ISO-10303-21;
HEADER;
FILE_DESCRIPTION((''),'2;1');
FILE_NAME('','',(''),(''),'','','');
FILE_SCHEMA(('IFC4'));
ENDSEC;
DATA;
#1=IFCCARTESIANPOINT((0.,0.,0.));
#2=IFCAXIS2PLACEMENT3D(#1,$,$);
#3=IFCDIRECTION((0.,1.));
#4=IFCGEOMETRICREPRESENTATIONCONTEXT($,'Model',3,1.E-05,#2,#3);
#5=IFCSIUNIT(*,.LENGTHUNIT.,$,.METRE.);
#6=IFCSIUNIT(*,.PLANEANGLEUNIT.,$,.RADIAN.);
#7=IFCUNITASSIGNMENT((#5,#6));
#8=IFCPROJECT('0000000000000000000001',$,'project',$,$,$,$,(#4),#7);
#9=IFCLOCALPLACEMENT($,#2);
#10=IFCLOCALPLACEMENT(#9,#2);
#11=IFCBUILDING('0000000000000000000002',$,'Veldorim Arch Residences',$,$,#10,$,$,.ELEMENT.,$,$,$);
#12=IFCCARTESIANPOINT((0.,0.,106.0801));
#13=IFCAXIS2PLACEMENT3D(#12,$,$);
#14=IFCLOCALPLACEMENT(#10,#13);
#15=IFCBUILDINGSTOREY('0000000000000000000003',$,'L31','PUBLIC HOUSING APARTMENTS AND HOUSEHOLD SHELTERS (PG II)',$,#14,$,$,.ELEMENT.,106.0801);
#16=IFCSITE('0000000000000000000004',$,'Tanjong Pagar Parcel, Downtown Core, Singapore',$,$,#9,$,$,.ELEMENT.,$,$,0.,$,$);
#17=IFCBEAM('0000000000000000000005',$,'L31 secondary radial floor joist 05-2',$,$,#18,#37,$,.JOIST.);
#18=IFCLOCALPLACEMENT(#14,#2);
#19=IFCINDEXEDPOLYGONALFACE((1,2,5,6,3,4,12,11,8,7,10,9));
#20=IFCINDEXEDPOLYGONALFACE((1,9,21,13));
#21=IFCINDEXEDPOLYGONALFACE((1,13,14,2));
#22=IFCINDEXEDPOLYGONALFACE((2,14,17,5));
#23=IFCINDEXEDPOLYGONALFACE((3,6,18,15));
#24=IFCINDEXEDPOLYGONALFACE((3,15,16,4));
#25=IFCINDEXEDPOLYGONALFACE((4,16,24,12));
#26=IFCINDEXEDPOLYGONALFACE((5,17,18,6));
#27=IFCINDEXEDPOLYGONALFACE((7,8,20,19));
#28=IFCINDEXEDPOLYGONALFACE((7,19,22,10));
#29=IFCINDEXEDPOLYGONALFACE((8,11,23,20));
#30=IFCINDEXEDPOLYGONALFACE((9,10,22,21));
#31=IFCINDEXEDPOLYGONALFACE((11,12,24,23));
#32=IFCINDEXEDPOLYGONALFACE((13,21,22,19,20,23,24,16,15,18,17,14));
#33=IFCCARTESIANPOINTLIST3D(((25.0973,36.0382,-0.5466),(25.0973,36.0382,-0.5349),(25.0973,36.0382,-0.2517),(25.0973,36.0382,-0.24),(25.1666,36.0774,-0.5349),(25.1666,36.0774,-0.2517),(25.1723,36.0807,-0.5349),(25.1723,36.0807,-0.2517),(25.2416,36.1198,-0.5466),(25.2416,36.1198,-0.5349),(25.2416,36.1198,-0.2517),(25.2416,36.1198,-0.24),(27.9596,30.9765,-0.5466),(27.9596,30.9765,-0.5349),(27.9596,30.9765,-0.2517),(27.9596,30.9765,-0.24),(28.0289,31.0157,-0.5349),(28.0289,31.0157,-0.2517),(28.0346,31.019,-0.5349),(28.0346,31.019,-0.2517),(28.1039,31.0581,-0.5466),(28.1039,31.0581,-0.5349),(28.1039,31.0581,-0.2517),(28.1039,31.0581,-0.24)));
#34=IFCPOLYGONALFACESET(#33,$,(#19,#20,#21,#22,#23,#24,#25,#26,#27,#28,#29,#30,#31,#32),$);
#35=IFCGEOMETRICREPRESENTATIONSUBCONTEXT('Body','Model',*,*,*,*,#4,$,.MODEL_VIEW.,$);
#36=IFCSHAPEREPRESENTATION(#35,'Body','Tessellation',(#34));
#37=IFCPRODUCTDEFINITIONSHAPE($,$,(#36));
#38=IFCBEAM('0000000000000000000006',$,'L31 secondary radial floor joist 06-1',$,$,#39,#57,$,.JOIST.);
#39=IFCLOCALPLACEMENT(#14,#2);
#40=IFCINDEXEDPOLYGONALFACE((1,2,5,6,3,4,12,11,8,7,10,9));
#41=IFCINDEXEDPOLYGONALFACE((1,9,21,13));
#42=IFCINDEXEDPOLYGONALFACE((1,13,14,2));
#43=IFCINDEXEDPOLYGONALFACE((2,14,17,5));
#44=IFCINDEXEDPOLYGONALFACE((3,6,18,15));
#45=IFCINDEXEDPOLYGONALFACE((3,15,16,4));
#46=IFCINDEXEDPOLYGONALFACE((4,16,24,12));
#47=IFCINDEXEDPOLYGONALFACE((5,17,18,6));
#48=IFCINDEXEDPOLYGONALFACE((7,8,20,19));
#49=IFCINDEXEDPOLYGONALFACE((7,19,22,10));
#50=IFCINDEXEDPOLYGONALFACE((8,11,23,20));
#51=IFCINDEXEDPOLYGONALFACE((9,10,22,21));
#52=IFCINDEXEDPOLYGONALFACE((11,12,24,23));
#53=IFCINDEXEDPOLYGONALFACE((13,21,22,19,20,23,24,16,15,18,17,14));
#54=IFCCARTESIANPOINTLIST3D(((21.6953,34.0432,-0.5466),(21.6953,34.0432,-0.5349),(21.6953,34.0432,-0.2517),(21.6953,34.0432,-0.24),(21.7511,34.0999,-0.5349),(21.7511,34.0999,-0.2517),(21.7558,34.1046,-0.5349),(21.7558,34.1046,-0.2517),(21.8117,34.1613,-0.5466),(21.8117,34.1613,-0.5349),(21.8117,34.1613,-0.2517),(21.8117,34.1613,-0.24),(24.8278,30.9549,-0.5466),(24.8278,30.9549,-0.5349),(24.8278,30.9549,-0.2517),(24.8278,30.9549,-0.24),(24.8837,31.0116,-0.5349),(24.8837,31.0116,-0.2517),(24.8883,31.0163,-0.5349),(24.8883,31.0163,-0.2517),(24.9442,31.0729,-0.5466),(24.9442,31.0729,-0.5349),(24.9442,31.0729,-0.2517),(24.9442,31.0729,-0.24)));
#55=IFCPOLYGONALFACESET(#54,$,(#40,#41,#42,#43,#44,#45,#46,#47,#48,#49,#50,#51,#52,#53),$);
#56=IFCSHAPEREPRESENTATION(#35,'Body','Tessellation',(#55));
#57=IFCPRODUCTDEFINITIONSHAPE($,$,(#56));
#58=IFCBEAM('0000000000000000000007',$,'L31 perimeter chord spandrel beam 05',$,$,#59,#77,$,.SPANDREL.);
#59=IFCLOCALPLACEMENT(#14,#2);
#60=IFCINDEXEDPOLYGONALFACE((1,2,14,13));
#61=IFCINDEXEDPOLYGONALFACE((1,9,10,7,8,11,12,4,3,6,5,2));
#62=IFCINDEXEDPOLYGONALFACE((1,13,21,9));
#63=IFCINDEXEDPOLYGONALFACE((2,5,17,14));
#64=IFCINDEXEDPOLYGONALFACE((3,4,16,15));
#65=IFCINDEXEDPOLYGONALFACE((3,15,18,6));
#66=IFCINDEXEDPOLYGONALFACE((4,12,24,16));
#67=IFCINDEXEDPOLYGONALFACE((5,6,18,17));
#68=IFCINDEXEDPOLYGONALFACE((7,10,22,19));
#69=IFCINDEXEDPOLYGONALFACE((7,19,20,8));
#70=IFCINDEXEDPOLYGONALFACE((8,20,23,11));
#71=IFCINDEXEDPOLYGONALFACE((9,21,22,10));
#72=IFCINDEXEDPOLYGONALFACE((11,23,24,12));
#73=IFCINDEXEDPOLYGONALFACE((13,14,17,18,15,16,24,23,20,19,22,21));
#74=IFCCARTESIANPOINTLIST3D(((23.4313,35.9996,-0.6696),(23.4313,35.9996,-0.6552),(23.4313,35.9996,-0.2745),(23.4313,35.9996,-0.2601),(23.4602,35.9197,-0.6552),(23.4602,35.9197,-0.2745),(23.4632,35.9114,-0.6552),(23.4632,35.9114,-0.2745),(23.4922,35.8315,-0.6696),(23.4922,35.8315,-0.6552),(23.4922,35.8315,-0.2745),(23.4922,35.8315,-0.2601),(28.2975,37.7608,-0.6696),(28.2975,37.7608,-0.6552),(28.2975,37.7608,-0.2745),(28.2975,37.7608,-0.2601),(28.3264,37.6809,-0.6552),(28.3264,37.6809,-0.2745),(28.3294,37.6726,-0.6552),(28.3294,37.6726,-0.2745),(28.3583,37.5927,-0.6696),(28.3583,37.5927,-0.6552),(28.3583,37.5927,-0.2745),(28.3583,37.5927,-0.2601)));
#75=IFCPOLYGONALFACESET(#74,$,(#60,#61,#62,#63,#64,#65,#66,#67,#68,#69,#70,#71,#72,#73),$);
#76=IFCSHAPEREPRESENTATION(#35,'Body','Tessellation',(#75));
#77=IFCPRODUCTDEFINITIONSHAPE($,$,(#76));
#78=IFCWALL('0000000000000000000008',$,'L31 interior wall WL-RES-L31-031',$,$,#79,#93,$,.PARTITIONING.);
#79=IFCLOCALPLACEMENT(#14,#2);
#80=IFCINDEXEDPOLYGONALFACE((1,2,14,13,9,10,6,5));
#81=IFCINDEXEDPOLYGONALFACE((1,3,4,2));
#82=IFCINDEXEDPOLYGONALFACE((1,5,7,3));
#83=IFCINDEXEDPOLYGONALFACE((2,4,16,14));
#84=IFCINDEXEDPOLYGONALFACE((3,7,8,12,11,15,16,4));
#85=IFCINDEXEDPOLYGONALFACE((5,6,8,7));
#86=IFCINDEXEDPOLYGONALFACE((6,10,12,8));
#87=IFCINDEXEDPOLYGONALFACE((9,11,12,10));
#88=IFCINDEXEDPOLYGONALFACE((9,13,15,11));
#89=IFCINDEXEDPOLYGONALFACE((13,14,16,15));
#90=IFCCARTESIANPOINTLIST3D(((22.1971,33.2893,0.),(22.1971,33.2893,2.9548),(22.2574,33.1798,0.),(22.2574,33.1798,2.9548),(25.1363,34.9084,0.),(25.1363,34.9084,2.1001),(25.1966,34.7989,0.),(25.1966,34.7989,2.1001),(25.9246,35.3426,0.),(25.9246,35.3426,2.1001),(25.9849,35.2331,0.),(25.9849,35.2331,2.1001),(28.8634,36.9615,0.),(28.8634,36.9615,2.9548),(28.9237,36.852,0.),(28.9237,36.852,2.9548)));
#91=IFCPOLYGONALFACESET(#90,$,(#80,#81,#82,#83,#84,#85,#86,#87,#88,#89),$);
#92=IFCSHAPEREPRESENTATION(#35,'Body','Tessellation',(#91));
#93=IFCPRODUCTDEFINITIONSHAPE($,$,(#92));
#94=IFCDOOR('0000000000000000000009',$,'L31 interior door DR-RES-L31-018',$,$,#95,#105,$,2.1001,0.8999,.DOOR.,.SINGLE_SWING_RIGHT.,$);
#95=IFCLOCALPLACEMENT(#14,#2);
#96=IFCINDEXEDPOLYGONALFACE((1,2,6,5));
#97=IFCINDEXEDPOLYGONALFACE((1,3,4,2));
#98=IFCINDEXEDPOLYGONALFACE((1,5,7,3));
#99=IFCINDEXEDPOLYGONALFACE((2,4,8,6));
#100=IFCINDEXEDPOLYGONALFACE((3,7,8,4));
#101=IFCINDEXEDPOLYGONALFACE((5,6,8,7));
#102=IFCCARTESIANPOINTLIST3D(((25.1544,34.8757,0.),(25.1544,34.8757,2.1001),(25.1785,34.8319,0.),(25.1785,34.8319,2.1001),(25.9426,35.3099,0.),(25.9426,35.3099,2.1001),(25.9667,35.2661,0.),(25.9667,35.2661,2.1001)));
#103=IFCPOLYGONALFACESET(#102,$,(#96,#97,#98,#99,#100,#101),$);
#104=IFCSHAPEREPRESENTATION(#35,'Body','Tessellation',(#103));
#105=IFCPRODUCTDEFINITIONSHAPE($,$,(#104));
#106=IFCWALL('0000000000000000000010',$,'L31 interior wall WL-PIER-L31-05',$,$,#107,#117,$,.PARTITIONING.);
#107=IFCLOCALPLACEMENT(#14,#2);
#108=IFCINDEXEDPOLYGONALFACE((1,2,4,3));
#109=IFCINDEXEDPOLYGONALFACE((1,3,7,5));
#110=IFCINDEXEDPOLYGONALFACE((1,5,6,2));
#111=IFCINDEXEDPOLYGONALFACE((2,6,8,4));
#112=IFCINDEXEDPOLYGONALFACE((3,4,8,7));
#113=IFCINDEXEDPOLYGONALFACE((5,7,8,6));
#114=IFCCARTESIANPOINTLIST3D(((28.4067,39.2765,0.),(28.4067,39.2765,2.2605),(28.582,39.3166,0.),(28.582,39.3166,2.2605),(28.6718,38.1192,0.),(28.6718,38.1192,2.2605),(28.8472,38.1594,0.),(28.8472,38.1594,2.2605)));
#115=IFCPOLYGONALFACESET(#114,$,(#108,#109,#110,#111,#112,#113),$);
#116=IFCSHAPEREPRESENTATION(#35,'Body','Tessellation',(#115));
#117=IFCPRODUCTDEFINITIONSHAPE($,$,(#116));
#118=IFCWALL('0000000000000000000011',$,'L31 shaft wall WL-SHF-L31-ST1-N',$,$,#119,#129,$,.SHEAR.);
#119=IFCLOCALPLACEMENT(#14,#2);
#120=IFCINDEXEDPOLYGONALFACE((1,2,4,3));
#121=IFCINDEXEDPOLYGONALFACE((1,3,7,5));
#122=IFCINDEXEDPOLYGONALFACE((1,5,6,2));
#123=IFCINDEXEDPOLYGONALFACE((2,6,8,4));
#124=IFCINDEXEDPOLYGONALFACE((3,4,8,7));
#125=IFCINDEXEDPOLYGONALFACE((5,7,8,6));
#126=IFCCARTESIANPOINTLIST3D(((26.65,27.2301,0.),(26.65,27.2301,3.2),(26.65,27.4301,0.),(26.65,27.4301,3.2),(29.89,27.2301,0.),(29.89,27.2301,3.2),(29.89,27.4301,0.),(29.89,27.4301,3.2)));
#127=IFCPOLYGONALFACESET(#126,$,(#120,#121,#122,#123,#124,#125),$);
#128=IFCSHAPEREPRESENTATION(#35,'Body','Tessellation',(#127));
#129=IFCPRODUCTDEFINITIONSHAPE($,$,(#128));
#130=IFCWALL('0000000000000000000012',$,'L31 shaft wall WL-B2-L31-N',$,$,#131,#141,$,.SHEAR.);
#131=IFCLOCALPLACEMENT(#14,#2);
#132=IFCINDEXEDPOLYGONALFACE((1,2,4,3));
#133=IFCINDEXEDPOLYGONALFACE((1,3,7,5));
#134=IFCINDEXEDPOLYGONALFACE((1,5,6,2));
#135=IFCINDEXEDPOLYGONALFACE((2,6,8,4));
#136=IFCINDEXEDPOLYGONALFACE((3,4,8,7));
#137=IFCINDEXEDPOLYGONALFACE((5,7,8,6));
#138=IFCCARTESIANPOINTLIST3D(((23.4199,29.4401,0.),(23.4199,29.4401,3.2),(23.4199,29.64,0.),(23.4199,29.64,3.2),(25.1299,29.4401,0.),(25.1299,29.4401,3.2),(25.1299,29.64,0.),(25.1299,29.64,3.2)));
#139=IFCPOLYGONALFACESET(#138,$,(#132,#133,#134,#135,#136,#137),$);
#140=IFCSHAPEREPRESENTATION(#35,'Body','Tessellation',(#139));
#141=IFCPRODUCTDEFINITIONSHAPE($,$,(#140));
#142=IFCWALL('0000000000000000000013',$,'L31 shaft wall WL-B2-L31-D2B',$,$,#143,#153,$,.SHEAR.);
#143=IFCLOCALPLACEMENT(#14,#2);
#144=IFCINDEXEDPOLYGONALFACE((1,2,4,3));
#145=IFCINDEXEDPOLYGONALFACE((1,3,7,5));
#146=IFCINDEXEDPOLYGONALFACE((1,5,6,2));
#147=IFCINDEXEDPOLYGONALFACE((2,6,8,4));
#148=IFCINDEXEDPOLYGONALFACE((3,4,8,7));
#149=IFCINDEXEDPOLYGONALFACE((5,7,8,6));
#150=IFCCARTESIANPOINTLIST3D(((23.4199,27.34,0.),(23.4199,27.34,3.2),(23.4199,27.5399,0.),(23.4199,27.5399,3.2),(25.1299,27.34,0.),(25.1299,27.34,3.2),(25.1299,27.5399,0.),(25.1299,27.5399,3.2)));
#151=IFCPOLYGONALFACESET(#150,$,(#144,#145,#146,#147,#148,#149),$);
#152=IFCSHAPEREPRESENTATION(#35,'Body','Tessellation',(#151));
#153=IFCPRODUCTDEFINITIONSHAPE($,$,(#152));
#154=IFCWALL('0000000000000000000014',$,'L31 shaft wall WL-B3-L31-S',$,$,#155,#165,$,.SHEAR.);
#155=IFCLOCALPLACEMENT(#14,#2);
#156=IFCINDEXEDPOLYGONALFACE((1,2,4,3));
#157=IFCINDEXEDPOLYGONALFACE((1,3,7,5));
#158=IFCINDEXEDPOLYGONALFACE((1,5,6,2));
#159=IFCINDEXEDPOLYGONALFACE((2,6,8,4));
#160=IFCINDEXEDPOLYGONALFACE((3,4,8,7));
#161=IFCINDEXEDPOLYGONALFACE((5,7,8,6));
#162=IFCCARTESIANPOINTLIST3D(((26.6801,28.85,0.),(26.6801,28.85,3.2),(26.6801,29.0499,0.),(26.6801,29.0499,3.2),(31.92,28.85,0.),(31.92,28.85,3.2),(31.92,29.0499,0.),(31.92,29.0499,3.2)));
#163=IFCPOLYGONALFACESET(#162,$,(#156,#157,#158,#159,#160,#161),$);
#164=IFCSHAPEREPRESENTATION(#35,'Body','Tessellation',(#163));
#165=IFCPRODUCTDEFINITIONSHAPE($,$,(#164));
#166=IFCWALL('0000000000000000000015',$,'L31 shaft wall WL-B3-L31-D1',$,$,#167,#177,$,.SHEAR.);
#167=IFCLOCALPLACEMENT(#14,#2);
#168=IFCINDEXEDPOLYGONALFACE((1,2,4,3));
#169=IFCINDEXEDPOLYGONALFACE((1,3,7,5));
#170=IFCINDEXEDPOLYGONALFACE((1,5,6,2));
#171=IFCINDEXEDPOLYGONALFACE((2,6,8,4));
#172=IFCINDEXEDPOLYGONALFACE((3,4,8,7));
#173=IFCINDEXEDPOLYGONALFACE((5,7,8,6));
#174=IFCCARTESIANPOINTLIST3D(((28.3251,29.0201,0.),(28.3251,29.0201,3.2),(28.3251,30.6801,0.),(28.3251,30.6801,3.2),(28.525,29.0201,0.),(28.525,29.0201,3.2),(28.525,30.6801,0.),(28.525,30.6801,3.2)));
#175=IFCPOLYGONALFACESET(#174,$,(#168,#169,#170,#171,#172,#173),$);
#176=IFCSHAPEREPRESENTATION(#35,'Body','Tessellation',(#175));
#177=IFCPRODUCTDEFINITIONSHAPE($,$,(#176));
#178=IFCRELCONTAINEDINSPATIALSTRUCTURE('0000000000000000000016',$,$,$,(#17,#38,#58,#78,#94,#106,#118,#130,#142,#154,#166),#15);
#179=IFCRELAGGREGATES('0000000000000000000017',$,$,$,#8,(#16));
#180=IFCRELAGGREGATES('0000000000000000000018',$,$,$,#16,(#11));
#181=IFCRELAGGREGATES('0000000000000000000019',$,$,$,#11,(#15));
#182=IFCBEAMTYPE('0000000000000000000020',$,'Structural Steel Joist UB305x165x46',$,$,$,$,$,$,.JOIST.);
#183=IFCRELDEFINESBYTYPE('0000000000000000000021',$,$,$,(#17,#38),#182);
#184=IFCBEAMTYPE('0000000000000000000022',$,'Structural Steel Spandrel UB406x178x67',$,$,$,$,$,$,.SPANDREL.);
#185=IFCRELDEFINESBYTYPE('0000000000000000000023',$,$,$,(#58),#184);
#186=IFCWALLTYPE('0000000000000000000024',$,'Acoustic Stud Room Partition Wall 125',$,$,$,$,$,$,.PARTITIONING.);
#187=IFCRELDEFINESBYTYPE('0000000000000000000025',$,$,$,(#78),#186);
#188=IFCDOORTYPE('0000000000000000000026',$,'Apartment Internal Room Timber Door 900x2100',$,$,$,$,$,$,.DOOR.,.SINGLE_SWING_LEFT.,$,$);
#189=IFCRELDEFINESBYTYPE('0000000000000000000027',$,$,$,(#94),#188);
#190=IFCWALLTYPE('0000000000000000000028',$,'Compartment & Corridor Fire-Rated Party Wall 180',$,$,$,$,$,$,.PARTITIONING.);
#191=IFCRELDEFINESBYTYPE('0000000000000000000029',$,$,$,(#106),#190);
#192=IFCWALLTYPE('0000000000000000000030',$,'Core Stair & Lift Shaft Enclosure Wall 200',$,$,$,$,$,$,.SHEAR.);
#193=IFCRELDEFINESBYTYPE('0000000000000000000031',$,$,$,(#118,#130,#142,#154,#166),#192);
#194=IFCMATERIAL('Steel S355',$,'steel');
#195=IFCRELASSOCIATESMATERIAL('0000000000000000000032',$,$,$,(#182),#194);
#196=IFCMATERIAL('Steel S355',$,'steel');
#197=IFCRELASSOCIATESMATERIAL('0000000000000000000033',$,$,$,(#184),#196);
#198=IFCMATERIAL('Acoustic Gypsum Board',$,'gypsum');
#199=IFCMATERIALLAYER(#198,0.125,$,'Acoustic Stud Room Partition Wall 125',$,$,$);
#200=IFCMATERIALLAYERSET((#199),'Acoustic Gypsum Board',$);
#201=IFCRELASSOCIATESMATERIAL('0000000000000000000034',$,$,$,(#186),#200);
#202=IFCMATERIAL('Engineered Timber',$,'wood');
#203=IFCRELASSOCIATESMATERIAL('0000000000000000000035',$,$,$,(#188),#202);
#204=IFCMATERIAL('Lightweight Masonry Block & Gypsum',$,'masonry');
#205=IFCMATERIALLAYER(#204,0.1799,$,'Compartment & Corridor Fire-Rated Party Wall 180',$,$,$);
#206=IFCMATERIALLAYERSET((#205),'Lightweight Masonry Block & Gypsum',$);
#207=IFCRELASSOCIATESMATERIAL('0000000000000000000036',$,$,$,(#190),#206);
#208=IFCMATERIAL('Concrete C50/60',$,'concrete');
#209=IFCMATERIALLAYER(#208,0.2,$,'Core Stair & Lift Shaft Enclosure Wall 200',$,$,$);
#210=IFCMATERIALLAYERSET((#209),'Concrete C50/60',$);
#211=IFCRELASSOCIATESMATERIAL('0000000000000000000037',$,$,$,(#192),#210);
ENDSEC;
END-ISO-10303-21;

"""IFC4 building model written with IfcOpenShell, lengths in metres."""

from ifc_helpers import new_model, si_unit, direction, frame, frame_2d, origin, origin_2d, place, context, subcontext, project, spatial, rectangle, i_section, extrude, material, layer, layer_set, material_profile, profile_set, type_object, element, fill, save


model = new_model("IFC4")

# Units and contexts
model_context = context("Model", 3, precision=1e-05, world=origin(), true_north=direction((0.0, 1.0)))
body_context = subcontext(model_context, "Body", "Model", "MODEL_VIEW")
ifc_project = project(units=[si_unit("LENGTHUNIT", "METRE"), si_unit("PLANEANGLEUNIT", "RADIAN")], contexts=[model_context])

# Site, building, storey
site_placement = place(None, origin())
site = spatial("IfcSite", under=ifc_project, at=site_placement, Name="Tanjong Pagar Parcel, Downtown Core, Singapore", CompositionType="ELEMENT", RefElevation=0.0)
building_placement = place(site_placement, origin())
building = spatial("IfcBuilding", under=site, at=building_placement, Name="Veldorim Arch Residences", CompositionType="ELEMENT")
storey_placement = place(building_placement, frame((0.0, 0.0, 106.0801)))
storey = spatial("IfcBuildingStorey", under=building, at=storey_placement, Name="L31", Description="PUBLIC HOUSING APARTMENTS AND HOUSEHOLD SHELTERS (PG II)", CompositionType="ELEMENT", Elevation=106.0801)

# Beams
ifc_material_1 = material(Name="Steel S355", Category="steel")
ifc_material_profile_1 = material_profile(ifc_material_1, i_section(OverallWidth=0.1658, OverallDepth=0.3066, WebThickness=0.0066, FlangeThickness=0.0117, at=origin_2d()), Name="UB305x165x46")
ifc_profile_set_1 = profile_set([ifc_material_profile_1], Name="Steel S355")
beam_type_1 = type_object("IfcBeamType", Name="Structural Steel Joist UB305x165x46", PredefinedType="JOIST", material=ifc_profile_set_1)
beam_1_placement = place(storey_placement, frame((28.0317, 31.0173, -0.3933), z_axis=(-0.492227, 0.870467, 0.0), x_axis=(-0.870467, -0.492227, 0.0)))
element("IfcBeam", 1, at=beam_1_placement, inside=storey, type_object=beam_type_1, Name="L31 secondary radial floor joist 05-2", PredefinedType="JOIST", context=body_context, shape_type="SweptSolid", body=[
    extrude(i_section(OverallWidth=0.1658, OverallDepth=0.3066, WebThickness=0.0066, FlangeThickness=0.0117, at=origin_2d()), origin(), (0.0, 0.0, 1.0), 5.8149),
])
beam_2_placement = place(storey_placement, frame((24.886, 31.0139, -0.3933), z_axis=(-0.712112, 0.702066, 0.0), x_axis=(-0.702066, -0.712112, 0.0)))
element("IfcBeam", 2, at=beam_2_placement, inside=storey, type_object=beam_type_1, Name="L31 secondary radial floor joist 06-1", PredefinedType="JOIST", context=body_context, shape_type="SweptSolid", body=[
    extrude(i_section(OverallWidth=0.1658, OverallDepth=0.3066, WebThickness=0.0066, FlangeThickness=0.0117, at=origin_2d()), origin(), (0.0, 0.0, 1.0), 4.3989),
])
ifc_material_2 = material(Name="Steel S355", Category="steel")
ifc_material_profile_2 = material_profile(ifc_material_2, i_section(OverallWidth=0.1787, OverallDepth=0.4094, WebThickness=0.0088, FlangeThickness=0.0144, at=origin_2d()), Name="UB406x178x67")
ifc_profile_set_2 = profile_set([ifc_material_profile_2], Name="Steel S355")
beam_type_2 = type_object("IfcBeamType", Name="Structural Steel Spandrel UB406x178x67", PredefinedType="SPANDREL", material=ifc_profile_set_2)
beam_3_placement = place(storey_placement, frame((28.3279, 37.6768, -0.4648), z_axis=(-0.940308, -0.340326, 0.0), x_axis=(0.340326, -0.940308, 0.0)))
element("IfcBeam", 3, at=beam_3_placement, inside=storey, type_object=beam_type_2, Name="L31 perimeter chord spandrel beam 05", PredefinedType="SPANDREL", context=body_context, shape_type="SweptSolid", body=[
    extrude(i_section(OverallWidth=0.1787, OverallDepth=0.4094, WebThickness=0.0088, FlangeThickness=0.0144, at=origin_2d()), origin(), (0.0, 0.0, 1.0), 5.175),
])

# Wall, opening, door
ifc_material_3 = material(Name="Acoustic Gypsum Board", Category="gypsum")
ifc_layer_1 = layer(ifc_material_3, 0.125, Name="Acoustic Stud Room Partition Wall 125")
ifc_layer_set_1 = layer_set([ifc_layer_1], Name="Acoustic Gypsum Board")
wall_type_1 = type_object("IfcWallType", Name="Acoustic Stud Room Partition Wall 125", PredefinedType="PARTITIONING", material=ifc_layer_set_1)
wall_1_placement = place(storey_placement, frame((28.8936, 36.9067, 0.0), z_axis=(0.0, 0.0, 1.0), x_axis=(-0.875901, -0.482491, 0.0)))
wall_1 = element("IfcWall", 4, at=wall_1_placement, inside=storey, type_object=wall_type_1, Name="L31 interior wall WL-RES-L31-031", PredefinedType="PARTITIONING", context=body_context, shape_type="SweptSolid", body=[
    extrude(rectangle(XDim=7.6108, YDim=0.125, at=frame_2d((3.8054, 0.0))), origin(), (0.0, 0.0, 1.0), 2.9548),
])
opening_1_placement = place(wall_1_placement, frame((3.3552, 0.0, 0.0)))
opening_1 = element("IfcOpeningElement", 5, at=opening_1_placement, cuts=wall_1, PredefinedType="OPENING", context=body_context, shape_type="SweptSolid", body=[
    extrude(rectangle(XDim=0.8999, YDim=2.1001, at=frame_2d((0.45, 1.05))), frame((0.0, 0.0725, 0.0), z_axis=(0.0, -1.0, 0.0), x_axis=(1.0, 0.0, 0.0)), (0.0, 0.0, 1.0), 0.145),
])
ifc_material_4 = material(Name="Engineered Timber", Category="wood")
door_type = type_object("IfcDoorType", Name="Apartment Internal Room Timber Door 900x2100", OperationType="SINGLE_SWING_LEFT", PredefinedType="DOOR", material=ifc_material_4)
door_placement = place(opening_1_placement, origin())
door = element("IfcDoor", 6, at=door_placement, inside=storey, type_object=door_type, Name="L31 interior door DR-RES-L31-018", OperationType="SINGLE_SWING_RIGHT", OverallHeight=2.1001, OverallWidth=0.8999, PredefinedType="DOOR", context=body_context, shape_type="SweptSolid", body=[
    extrude(rectangle(XDim=0.8999, YDim=2.1001, at=frame_2d((0.45, 1.05))), frame((0.0, 0.0249, 0.0), z_axis=(0.0, -1.0, 0.0), x_axis=(1.0, 0.0, 0.0)), (0.0, 0.0, 1.0), 0.05),
])
fill(opening_1, door)

# Walls
ifc_material_5 = material(Name="Lightweight Masonry Block & Gypsum", Category="masonry")
ifc_layer_2 = layer(ifc_material_5, 0.1799, Name="Compartment & Corridor Fire-Rated Party Wall 180")
ifc_layer_set_2 = layer_set([ifc_layer_2], Name="Lightweight Masonry Block & Gypsum")
wall_type_2 = type_object("IfcWallType", Name="Compartment & Corridor Fire-Rated Party Wall 180", PredefinedType="PARTITIONING", material=ifc_layer_set_2)
wall_2_placement = place(storey_placement, frame((28.7595, 38.1392, 0.0), z_axis=(0.0, 0.0, 1.0), x_axis=(-0.223327, 0.974744, 0.0)))
element("IfcWall", 7, at=wall_2_placement, inside=storey, type_object=wall_type_2, Name="L31 interior wall WL-PIER-L31-05", PredefinedType="PARTITIONING", context=body_context, shape_type="SweptSolid", body=[
    extrude(rectangle(XDim=1.1873, YDim=0.1799, at=frame_2d((0.5938, 0.0))), origin(), (0.0, 0.0, 1.0), 2.2605),
])
ifc_material_6 = material(Name="Concrete C50/60", Category="concrete")
ifc_layer_3 = layer(ifc_material_6, 0.2, Name="Core Stair & Lift Shaft Enclosure Wall 200")
ifc_layer_set_3 = layer_set([ifc_layer_3], Name="Concrete C50/60")
wall_type_3 = type_object("IfcWallType", Name="Core Stair & Lift Shaft Enclosure Wall 200", PredefinedType="SHEAR", material=ifc_layer_set_3)
wall_3_placement = place(storey_placement, frame((26.6499, 27.3301, 0.0), z_axis=(0.0, 0.0, 1.0), x_axis=(1.0, 0.0, 0.0)))
element("IfcWall", 8, at=wall_3_placement, inside=storey, type_object=wall_type_3, Name="L31 shaft wall WL-SHF-L31-ST1-N", PredefinedType="SHEAR", context=body_context, shape_type="SweptSolid", body=[
    extrude(rectangle(XDim=3.24, YDim=0.2, at=frame_2d((1.6201, 0.0))), origin(), (0.0, 0.0, 1.0), 3.2),
])
for number, where, z_axis, x_axis, name in (
    (9, (23.4199, 29.54, 0.0), (0.0, 0.0, 1.0), (1.0, 0.0, 0.0), "L31 shaft wall WL-B2-L31-N"),
    (10, (23.4199, 27.4399, 0.0), (0.0, 0.0, 1.0), (1.0, 0.0, 0.0), "L31 shaft wall WL-B2-L31-D2B"),
):
    element("IfcWall", number, at=place(storey_placement, frame(where, z_axis=z_axis, x_axis=x_axis)), inside=storey, type_object=wall_type_3, Name=name, PredefinedType="SHEAR", context=body_context, shape_type="SweptSolid", body=[
        extrude(rectangle(XDim=1.71, YDim=0.2, at=frame_2d((0.855, 0.0))), origin(), (0.0, 0.0, 1.0), 3.2),
    ])
wall_4_placement = place(storey_placement, frame((26.6799, 28.95, 0.0), z_axis=(0.0, 0.0, 1.0), x_axis=(1.0, 0.0, 0.0)))
element("IfcWall", 11, at=wall_4_placement, inside=storey, type_object=wall_type_3, Name="L31 shaft wall WL-B3-L31-S", PredefinedType="SHEAR", context=body_context, shape_type="SweptSolid", body=[
    extrude(rectangle(XDim=5.24, YDim=0.2, at=frame_2d((2.6201, 0.0))), origin(), (0.0, 0.0, 1.0), 3.2),
])
for number, where, z_axis, x_axis, name in (
    (12, (28.425, 29.02, 0.0), (0.0, 0.0, 1.0), (0.0, 1.0, 0.0), "L31 shaft wall WL-B3-L31-D1"),
):
    element("IfcWall", number, at=place(storey_placement, frame(where, z_axis=z_axis, x_axis=x_axis)), inside=storey, type_object=wall_type_3, Name=name, PredefinedType="SHEAR", context=body_context, shape_type="SweptSolid", body=[
        extrude(rectangle(XDim=1.6599, YDim=0.2, at=frame_2d((0.8301, 0.0))), origin(), (0.0, 0.0, 1.0), 3.2),
    ])

save(model, "model.ifc")
